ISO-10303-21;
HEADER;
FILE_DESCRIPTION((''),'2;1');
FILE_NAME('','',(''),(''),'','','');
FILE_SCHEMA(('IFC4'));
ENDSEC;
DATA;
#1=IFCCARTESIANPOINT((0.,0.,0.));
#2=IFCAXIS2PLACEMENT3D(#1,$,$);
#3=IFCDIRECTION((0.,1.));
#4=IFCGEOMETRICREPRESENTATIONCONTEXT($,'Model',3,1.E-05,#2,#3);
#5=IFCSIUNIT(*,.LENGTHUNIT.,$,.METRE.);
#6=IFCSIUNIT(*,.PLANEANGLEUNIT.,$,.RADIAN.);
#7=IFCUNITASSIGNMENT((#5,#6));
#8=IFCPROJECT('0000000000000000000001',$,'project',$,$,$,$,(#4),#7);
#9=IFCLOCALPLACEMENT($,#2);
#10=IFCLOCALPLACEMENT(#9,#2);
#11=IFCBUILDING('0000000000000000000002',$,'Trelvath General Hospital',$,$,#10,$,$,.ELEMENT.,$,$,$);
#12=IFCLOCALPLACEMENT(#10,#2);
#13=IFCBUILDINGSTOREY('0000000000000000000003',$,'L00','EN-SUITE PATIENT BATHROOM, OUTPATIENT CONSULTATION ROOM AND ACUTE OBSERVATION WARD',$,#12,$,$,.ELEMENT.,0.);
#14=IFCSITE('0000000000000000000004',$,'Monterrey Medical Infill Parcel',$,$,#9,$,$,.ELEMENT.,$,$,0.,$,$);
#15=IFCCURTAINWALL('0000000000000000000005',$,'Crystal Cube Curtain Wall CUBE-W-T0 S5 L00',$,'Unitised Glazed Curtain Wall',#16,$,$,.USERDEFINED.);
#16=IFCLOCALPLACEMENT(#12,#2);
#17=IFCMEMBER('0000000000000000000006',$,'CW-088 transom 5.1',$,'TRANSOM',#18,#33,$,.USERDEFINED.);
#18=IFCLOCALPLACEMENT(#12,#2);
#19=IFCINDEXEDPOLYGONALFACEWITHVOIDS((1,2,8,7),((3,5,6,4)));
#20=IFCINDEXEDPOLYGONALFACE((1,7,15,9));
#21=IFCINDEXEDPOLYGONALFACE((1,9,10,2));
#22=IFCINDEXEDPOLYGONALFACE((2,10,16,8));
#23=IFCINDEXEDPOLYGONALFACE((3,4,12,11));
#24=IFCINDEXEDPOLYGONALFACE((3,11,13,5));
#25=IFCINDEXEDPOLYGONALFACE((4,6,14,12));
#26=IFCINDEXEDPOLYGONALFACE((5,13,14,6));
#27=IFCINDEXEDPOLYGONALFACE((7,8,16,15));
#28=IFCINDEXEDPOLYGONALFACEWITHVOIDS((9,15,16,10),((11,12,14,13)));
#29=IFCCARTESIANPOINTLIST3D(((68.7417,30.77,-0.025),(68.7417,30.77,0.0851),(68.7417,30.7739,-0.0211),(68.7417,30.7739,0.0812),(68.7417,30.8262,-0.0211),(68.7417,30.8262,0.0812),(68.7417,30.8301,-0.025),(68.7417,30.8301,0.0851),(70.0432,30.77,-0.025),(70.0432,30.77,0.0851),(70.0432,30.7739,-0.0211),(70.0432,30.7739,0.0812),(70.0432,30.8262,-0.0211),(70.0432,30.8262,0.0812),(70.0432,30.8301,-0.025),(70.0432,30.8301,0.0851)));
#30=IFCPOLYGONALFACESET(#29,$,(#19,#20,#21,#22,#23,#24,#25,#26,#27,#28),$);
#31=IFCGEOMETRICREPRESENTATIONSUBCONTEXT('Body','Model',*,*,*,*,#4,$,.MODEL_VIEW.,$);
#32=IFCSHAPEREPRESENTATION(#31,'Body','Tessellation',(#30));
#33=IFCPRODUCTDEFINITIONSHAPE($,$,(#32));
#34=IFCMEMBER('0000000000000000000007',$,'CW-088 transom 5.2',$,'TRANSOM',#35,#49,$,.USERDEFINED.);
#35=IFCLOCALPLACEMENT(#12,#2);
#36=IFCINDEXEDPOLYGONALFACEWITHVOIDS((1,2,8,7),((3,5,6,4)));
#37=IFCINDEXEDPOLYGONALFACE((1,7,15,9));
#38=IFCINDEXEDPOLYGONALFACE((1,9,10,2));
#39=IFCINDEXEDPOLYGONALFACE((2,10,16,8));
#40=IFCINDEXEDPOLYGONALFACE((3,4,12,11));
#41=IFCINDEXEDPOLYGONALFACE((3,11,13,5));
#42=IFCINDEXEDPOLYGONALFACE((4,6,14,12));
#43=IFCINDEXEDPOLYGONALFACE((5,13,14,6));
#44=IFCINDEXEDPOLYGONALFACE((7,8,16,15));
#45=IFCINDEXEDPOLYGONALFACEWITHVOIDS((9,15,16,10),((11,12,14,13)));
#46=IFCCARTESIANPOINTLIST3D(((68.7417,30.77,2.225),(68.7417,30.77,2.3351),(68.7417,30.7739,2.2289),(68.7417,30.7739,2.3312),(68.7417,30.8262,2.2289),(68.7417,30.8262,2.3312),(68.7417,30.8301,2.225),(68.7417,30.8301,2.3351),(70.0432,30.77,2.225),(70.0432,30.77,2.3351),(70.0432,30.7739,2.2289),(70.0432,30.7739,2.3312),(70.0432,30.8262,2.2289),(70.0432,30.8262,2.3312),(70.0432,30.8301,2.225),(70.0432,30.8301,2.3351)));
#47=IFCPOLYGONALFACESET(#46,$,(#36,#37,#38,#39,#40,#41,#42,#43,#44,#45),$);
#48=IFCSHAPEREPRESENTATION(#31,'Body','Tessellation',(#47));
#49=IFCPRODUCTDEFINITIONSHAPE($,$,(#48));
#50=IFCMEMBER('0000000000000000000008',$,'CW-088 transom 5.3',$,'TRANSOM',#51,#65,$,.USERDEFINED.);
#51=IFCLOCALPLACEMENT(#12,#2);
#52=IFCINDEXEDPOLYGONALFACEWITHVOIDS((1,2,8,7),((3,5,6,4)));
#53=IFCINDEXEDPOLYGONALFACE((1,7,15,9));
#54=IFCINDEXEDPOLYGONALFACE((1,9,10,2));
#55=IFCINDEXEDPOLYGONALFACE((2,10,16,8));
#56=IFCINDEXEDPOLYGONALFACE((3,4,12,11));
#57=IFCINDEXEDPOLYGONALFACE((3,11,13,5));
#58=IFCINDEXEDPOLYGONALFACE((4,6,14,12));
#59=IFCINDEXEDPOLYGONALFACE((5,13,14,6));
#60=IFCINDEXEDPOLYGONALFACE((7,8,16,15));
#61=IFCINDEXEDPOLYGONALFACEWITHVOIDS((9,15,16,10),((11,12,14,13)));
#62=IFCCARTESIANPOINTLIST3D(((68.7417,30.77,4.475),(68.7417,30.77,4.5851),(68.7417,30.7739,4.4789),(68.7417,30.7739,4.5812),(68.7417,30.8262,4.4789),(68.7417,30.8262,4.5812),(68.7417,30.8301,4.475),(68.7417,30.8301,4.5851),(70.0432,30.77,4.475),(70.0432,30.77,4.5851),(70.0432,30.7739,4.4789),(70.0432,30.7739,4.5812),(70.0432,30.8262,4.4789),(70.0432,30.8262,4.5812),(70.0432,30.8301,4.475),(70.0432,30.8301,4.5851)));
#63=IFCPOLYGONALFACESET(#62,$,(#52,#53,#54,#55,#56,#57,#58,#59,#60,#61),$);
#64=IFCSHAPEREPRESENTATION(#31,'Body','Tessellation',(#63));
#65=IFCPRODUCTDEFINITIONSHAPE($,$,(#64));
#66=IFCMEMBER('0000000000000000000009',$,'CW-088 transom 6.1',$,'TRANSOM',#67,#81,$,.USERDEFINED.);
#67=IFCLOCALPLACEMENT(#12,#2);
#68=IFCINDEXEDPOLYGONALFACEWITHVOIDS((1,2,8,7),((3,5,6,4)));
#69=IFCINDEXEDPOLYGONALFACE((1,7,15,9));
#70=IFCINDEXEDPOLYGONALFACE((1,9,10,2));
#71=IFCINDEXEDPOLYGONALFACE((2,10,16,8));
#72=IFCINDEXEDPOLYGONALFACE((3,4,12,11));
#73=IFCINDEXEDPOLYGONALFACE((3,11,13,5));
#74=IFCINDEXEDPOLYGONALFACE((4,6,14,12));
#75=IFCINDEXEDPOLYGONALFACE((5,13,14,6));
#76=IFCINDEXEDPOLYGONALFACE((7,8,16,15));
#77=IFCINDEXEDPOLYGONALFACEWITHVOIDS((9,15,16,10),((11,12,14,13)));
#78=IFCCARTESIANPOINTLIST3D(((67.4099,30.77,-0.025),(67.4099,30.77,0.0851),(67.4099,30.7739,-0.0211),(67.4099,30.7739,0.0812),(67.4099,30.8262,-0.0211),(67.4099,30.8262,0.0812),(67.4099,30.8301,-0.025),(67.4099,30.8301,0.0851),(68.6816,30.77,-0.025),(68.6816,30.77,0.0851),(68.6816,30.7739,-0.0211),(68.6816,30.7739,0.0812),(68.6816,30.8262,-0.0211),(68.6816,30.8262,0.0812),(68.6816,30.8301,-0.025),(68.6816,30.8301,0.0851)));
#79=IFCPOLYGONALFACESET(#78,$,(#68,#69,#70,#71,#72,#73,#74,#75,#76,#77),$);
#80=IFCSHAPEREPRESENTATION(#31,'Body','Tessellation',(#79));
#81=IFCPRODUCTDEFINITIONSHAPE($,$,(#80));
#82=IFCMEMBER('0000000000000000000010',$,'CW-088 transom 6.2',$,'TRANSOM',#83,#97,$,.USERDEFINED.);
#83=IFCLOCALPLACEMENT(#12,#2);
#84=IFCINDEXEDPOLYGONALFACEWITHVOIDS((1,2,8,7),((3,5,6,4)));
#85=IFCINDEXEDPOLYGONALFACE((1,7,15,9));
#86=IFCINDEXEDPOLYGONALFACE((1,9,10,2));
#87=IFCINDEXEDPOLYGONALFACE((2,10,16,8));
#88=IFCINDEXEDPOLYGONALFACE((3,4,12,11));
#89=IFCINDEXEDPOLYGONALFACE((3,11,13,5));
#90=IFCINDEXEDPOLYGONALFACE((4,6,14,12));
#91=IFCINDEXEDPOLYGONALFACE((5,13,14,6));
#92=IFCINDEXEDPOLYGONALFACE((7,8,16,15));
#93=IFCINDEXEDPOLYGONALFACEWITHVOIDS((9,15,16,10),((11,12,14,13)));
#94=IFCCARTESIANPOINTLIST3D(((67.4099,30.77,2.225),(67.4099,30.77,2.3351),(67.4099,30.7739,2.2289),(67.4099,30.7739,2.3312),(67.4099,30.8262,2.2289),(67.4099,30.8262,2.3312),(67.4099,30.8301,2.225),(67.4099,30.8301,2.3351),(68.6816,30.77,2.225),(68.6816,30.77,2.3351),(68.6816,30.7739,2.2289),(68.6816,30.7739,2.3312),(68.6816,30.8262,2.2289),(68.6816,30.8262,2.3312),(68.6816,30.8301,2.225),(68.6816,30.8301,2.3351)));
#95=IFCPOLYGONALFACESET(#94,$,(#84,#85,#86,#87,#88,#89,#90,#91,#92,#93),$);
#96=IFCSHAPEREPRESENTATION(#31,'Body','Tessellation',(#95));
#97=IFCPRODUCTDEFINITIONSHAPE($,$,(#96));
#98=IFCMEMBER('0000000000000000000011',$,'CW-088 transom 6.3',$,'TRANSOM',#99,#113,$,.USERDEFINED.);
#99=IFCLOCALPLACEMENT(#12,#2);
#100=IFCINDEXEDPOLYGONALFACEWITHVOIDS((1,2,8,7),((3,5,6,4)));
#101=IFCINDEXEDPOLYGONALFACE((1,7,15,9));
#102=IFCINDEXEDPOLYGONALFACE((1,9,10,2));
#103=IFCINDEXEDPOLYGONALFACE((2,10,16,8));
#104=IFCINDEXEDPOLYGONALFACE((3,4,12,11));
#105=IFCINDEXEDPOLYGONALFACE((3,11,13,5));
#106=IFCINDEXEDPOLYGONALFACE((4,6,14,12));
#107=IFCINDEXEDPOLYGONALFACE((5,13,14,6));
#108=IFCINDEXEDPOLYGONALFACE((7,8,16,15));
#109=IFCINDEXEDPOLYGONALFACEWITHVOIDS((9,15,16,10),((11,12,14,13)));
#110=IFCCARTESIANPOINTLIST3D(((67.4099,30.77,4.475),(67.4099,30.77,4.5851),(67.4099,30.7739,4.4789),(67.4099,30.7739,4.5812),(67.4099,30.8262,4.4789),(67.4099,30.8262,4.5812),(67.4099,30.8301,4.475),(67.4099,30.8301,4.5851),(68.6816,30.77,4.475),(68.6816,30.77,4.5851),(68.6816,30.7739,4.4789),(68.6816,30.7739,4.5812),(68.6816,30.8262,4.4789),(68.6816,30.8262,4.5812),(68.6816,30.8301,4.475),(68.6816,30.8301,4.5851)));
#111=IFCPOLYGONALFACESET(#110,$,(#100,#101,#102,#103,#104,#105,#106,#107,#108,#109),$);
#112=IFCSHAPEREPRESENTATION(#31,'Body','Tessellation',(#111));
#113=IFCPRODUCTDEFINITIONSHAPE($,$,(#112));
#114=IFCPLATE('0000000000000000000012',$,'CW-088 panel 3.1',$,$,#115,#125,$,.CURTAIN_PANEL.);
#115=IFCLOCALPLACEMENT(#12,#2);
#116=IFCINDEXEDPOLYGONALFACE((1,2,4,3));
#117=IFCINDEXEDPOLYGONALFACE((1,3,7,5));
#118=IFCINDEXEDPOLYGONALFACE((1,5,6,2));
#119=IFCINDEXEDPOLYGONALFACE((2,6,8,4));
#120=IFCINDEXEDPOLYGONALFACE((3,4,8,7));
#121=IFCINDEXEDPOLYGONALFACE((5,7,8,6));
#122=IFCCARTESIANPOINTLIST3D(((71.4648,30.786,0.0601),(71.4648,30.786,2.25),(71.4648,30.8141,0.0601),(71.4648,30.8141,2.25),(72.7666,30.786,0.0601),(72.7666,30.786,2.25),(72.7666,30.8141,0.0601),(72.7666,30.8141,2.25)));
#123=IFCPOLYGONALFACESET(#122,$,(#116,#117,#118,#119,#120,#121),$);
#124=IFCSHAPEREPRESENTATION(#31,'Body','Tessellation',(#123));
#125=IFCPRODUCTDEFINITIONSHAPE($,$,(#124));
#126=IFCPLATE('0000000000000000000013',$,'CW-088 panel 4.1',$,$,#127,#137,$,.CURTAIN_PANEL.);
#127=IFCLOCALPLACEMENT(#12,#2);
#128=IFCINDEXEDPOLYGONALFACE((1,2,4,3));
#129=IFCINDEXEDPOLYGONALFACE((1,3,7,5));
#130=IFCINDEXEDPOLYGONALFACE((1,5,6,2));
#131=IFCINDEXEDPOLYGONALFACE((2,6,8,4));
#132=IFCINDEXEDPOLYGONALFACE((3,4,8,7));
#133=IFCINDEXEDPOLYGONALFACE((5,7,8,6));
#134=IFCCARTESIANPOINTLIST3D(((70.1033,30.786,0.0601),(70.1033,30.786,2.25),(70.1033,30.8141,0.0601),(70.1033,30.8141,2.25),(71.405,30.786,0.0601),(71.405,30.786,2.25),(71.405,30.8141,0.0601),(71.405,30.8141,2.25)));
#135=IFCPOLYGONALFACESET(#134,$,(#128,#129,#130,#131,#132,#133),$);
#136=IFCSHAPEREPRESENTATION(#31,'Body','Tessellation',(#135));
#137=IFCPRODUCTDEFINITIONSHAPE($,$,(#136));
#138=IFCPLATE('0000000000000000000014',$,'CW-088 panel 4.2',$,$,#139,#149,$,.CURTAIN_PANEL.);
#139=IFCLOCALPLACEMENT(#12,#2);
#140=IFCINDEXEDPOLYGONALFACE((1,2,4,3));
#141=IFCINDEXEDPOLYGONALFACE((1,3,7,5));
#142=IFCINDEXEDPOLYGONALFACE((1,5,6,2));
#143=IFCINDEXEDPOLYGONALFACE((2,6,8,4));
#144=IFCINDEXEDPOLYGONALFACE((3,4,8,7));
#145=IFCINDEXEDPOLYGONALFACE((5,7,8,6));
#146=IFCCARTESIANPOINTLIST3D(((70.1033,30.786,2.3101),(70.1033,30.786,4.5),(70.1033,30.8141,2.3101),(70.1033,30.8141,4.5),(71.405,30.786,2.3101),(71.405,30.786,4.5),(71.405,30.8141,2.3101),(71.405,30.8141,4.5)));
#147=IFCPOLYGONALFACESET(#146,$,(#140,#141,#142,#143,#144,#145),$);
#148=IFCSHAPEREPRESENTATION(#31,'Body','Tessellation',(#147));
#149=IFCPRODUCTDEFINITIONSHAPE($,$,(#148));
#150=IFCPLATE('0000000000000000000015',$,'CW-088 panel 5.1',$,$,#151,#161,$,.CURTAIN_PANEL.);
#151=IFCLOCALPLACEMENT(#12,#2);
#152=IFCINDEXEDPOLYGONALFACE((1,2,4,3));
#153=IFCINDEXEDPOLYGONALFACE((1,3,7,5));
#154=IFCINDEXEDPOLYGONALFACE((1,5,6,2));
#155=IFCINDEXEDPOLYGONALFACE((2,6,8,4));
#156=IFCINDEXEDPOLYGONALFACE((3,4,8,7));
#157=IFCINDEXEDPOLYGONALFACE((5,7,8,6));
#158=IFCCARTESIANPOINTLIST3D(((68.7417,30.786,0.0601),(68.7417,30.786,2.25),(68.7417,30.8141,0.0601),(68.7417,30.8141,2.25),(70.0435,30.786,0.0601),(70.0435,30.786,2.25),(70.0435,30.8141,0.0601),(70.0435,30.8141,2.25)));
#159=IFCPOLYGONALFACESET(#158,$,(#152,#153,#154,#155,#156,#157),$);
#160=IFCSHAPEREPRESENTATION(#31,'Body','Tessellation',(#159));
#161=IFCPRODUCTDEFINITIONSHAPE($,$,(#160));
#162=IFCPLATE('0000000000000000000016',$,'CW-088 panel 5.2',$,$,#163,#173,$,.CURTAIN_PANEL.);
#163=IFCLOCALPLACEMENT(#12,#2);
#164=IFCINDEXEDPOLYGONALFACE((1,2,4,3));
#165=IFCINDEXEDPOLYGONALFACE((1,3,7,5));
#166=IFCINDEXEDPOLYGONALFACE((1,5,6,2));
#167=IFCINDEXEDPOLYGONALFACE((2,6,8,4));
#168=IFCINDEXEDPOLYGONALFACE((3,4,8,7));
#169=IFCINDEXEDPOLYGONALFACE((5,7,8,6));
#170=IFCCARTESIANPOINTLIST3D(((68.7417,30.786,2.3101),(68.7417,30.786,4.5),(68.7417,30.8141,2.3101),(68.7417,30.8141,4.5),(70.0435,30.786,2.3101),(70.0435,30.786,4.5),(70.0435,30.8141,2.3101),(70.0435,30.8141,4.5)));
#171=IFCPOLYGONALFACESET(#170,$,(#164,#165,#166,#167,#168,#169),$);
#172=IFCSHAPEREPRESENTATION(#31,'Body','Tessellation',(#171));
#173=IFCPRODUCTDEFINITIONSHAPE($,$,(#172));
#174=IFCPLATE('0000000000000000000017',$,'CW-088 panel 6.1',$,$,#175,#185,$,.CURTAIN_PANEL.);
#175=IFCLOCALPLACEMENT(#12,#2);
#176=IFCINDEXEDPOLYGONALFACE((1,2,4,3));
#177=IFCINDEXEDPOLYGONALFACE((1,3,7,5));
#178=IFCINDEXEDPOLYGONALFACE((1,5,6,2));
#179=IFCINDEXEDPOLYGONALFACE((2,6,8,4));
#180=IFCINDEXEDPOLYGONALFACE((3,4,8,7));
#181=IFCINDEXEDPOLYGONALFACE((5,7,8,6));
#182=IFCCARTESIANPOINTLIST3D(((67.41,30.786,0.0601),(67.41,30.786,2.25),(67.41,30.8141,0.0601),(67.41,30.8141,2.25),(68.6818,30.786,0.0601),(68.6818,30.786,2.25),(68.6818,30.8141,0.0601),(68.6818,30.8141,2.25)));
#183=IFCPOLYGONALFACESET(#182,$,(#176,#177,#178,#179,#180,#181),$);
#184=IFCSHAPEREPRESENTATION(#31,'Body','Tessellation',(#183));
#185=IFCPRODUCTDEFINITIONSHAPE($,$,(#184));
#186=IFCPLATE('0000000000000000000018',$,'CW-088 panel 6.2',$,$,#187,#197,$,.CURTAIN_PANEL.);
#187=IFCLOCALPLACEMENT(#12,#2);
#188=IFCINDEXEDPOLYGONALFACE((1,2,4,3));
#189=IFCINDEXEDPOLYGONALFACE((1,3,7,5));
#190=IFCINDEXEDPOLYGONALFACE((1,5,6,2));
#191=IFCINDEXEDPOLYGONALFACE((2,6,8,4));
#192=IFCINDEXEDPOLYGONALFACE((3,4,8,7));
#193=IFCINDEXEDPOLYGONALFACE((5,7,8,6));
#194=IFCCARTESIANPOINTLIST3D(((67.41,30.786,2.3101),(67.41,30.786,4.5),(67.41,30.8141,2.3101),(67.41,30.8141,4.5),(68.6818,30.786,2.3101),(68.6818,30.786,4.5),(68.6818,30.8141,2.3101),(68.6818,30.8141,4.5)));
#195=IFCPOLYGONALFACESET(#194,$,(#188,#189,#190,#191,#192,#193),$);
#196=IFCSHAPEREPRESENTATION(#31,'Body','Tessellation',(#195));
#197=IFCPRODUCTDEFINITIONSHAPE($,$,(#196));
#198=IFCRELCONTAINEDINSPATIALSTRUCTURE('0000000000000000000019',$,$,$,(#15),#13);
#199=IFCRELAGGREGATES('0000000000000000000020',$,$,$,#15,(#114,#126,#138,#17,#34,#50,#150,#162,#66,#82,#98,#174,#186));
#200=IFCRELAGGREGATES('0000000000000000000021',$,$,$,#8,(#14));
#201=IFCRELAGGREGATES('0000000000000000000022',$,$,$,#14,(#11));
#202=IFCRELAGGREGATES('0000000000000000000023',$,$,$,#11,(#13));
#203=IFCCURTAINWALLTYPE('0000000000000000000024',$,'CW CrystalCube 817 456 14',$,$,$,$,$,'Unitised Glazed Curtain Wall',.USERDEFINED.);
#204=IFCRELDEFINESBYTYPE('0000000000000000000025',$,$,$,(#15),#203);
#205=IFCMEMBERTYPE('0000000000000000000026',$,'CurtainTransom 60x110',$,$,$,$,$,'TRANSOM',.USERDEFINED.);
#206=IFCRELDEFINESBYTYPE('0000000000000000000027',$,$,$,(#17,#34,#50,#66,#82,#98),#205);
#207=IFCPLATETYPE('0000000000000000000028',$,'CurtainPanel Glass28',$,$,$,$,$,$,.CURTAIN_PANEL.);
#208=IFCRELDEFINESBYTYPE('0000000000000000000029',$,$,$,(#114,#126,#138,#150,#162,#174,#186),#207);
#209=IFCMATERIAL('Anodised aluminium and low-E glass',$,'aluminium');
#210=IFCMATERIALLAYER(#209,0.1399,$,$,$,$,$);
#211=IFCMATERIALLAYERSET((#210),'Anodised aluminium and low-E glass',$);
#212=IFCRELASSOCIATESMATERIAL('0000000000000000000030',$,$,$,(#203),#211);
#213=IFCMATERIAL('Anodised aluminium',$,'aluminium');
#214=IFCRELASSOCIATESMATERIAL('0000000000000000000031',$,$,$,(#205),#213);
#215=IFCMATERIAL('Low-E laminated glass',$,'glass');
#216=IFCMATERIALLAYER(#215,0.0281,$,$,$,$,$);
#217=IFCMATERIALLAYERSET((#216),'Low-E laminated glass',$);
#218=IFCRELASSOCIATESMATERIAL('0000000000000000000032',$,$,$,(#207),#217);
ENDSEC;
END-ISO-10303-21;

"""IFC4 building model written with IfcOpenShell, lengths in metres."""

from ifc_helpers import new_model, si_unit, direction, frame, origin, origin_2d, place, context, subcontext, project, spatial, rectangle, hollow_rectangle, extrude, material, layer, layer_set, material_profile, profile_set, type_object, element, aggregate, save


model = new_model("IFC4")

# Units and contexts
model_context = context("Model", 3, precision=1e-05, world=origin(), true_north=direction((0.0, 1.0)))
body_context = subcontext(model_context, "Body", "Model", "MODEL_VIEW")
ifc_project = project(units=[si_unit("LENGTHUNIT", "METRE"), si_unit("PLANEANGLEUNIT", "RADIAN")], contexts=[model_context])

# Site, building, storey
site_placement = place(None, origin())
site = spatial("IfcSite", under=ifc_project, at=site_placement, Name="Monterrey Medical Infill Parcel", CompositionType="ELEMENT", RefElevation=0.0)
building_placement = place(site_placement, origin())
building = spatial("IfcBuilding", under=site, at=building_placement, Name="Trelvath General Hospital", CompositionType="ELEMENT")
storey_placement = place(building_placement, origin())
storey = spatial("IfcBuildingStorey", under=building, at=storey_placement, Name="L00", Description="EN-SUITE PATIENT BATHROOM, OUTPATIENT CONSULTATION ROOM AND ACUTE OBSERVATION WARD", CompositionType="ELEMENT", Elevation=0.0)

# Curtain wall, members, plates
ifc_material_1 = material(Name="Anodised aluminium and low-E glass", Category="aluminium")
ifc_layer_1 = layer(ifc_material_1, 0.1399)
ifc_layer_set_1 = layer_set([ifc_layer_1], Name="Anodised aluminium and low-E glass")
curtain_wall_type = type_object("IfcCurtainWallType", Name="CW CrystalCube 817 456 14", ElementType="Unitised Glazed Curtain Wall", PredefinedType="USERDEFINED", material=ifc_layer_set_1)
curtain_wall_placement = place(storey_placement, origin())
curtain_wall = element("IfcCurtainWall", 1, at=curtain_wall_placement, inside=storey, type_object=curtain_wall_type, Name="Crystal Cube Curtain Wall CUBE-W-T0 S5 L00", ObjectType="Unitised Glazed Curtain Wall", PredefinedType="USERDEFINED")
ifc_material_2 = material(Name="Anodised aluminium", Category="aluminium")
ifc_material_profile_1 = material_profile(ifc_material_2, hollow_rectangle(XDim=0.0601, YDim=0.1101, WallThickness=0.0039, at=origin_2d()), Name="RHS60x110x4")
ifc_profile_set_1 = profile_set([ifc_material_profile_1], Name="Anodised aluminium")
member_type_1 = type_object("IfcMemberType", Name="CurtainTransom 60x110", ElementType="TRANSOM", PredefinedType="USERDEFINED", material=ifc_profile_set_1)
member_1_placement = place(storey_placement, frame((70.0432, 30.8, 0.03), z_axis=(-1.0, 0.0, 0.0), x_axis=(0.0, -1.0, 0.0)))
member_1 = element("IfcMember", 2, at=member_1_placement, type_object=member_type_1, Name="CW-088 transom 5.1", ObjectType="TRANSOM", PredefinedType="USERDEFINED", context=body_context, shape_type="SweptSolid", body=[
    extrude(hollow_rectangle(XDim=0.0601, YDim=0.1101, WallThickness=0.0039, at=origin_2d()), origin(), (0.0, 0.0, 1.0), 1.3015),
])
member_2_placement = place(storey_placement, frame((70.0432, 30.8, 2.28), z_axis=(-1.0, 0.0, 0.0), x_axis=(0.0, -1.0, 0.0)))
member_2 = element("IfcMember", 3, at=member_2_placement, type_object=member_type_1, Name="CW-088 transom 5.2", ObjectType="TRANSOM", PredefinedType="USERDEFINED", context=body_context, shape_type="SweptSolid", body=[
    extrude(hollow_rectangle(XDim=0.0601, YDim=0.1101, WallThickness=0.0039, at=origin_2d()), origin(), (0.0, 0.0, 1.0), 1.3015),
])
member_3_placement = place(storey_placement, frame((70.0432, 30.8, 4.53), z_axis=(-1.0, 0.0, 0.0), x_axis=(0.0, -1.0, 0.0)))
member_3 = element("IfcMember", 4, at=member_3_placement, type_object=member_type_1, Name="CW-088 transom 5.3", ObjectType="TRANSOM", PredefinedType="USERDEFINED", context=body_context, shape_type="SweptSolid", body=[
    extrude(hollow_rectangle(XDim=0.0601, YDim=0.1101, WallThickness=0.0039, at=origin_2d()), origin(), (0.0, 0.0, 1.0), 1.3015),
])
member_4_placement = place(storey_placement, frame((68.6816, 30.8, 0.03), z_axis=(-1.0, 0.0, 0.0), x_axis=(0.0, -1.0, 0.0)))
member_4 = element("IfcMember", 5, at=member_4_placement, type_object=member_type_1, Name="CW-088 transom 6.1", ObjectType="TRANSOM", PredefinedType="USERDEFINED", context=body_context, shape_type="SweptSolid", body=[
    extrude(hollow_rectangle(XDim=0.0601, YDim=0.1101, WallThickness=0.0039, at=origin_2d()), origin(), (0.0, 0.0, 1.0), 1.2717),
])
member_5_placement = place(storey_placement, frame((68.6816, 30.8, 2.28), z_axis=(-1.0, 0.0, 0.0), x_axis=(0.0, -1.0, 0.0)))
member_5 = element("IfcMember", 6, at=member_5_placement, type_object=member_type_1, Name="CW-088 transom 6.2", ObjectType="TRANSOM", PredefinedType="USERDEFINED", context=body_context, shape_type="SweptSolid", body=[
    extrude(hollow_rectangle(XDim=0.0601, YDim=0.1101, WallThickness=0.0039, at=origin_2d()), origin(), (0.0, 0.0, 1.0), 1.2717),
])
member_6_placement = place(storey_placement, frame((68.6816, 30.8, 4.53), z_axis=(-1.0, 0.0, 0.0), x_axis=(0.0, -1.0, 0.0)))
member_6 = element("IfcMember", 7, at=member_6_placement, type_object=member_type_1, Name="CW-088 transom 6.3", ObjectType="TRANSOM", PredefinedType="USERDEFINED", context=body_context, shape_type="SweptSolid", body=[
    extrude(hollow_rectangle(XDim=0.0601, YDim=0.1101, WallThickness=0.0039, at=origin_2d()), origin(), (0.0, 0.0, 1.0), 1.2717),
])
ifc_material_3 = material(Name="Low-E laminated glass", Category="glass")
ifc_layer_2 = layer(ifc_material_3, 0.0281)
ifc_layer_set_2 = layer_set([ifc_layer_2], Name="Low-E laminated glass")
plate_type = type_object("IfcPlateType", Name="CurtainPanel Glass28", PredefinedType="CURTAIN_PANEL", material=ifc_layer_set_2)
plate_1_placement = place(storey_placement, frame((72.1157, 30.8, 0.0601), z_axis=(0.0, 0.0, 1.0), x_axis=(-1.0, 0.0, 0.0)))
plate_1 = element("IfcPlate", 8, at=plate_1_placement, type_object=plate_type, Name="CW-088 panel 3.1", PredefinedType="CURTAIN_PANEL", context=body_context, shape_type="SweptSolid", body=[
    extrude(rectangle(XDim=1.3018, YDim=0.0281, at=origin_2d()), origin(), (0.0, 0.0, 1.0), 2.1899),
])
plate_2_placement = place(storey_placement, frame((70.7542, 30.8, 0.0601), z_axis=(0.0, 0.0, 1.0), x_axis=(-1.0, 0.0, 0.0)))
plate_2 = element("IfcPlate", 9, at=plate_2_placement, type_object=plate_type, Name="CW-088 panel 4.1", PredefinedType="CURTAIN_PANEL", context=body_context, shape_type="SweptSolid", body=[
    extrude(rectangle(XDim=1.3018, YDim=0.0281, at=origin_2d()), origin(), (0.0, 0.0, 1.0), 2.1899),
])
plate_3_placement = place(storey_placement, frame((70.7542, 30.8, 2.3101), z_axis=(0.0, 0.0, 1.0), x_axis=(-1.0, 0.0, 0.0)))
plate_3 = element("IfcPlate", 10, at=plate_3_placement, type_object=plate_type, Name="CW-088 panel 4.2", PredefinedType="CURTAIN_PANEL", context=body_context, shape_type="SweptSolid", body=[
    extrude(rectangle(XDim=1.3018, YDim=0.0281, at=origin_2d()), origin(), (0.0, 0.0, 1.0), 2.1899),
])
plate_4_placement = place(storey_placement, frame((69.3926, 30.8, 0.0601), z_axis=(0.0, 0.0, 1.0), x_axis=(-1.0, 0.0, 0.0)))
plate_4 = element("IfcPlate", 11, at=plate_4_placement, type_object=plate_type, Name="CW-088 panel 5.1", PredefinedType="CURTAIN_PANEL", context=body_context, shape_type="SweptSolid", body=[
    extrude(rectangle(XDim=1.3018, YDim=0.0281, at=origin_2d()), origin(), (0.0, 0.0, 1.0), 2.1899),
])
plate_5_placement = place(storey_placement, frame((69.3926, 30.8, 2.3101), z_axis=(0.0, 0.0, 1.0), x_axis=(-1.0, 0.0, 0.0)))
plate_5 = element("IfcPlate", 12, at=plate_5_placement, type_object=plate_type, Name="CW-088 panel 5.2", PredefinedType="CURTAIN_PANEL", context=body_context, shape_type="SweptSolid", body=[
    extrude(rectangle(XDim=1.3018, YDim=0.0281, at=origin_2d()), origin(), (0.0, 0.0, 1.0), 2.1899),
])
plate_6_placement = place(storey_placement, frame((68.0459, 30.8, 0.0601), z_axis=(0.0, 0.0, 1.0), x_axis=(-1.0, 0.0, 0.0)))
plate_6 = element("IfcPlate", 13, at=plate_6_placement, type_object=plate_type, Name="CW-088 panel 6.1", PredefinedType="CURTAIN_PANEL", context=body_context, shape_type="SweptSolid", body=[
    extrude(rectangle(XDim=1.2717, YDim=0.0281, at=origin_2d()), origin(), (0.0, 0.0, 1.0), 2.1899),
])
plate_7_placement = place(storey_placement, frame((68.0459, 30.8, 2.3101), z_axis=(0.0, 0.0, 1.0), x_axis=(-1.0, 0.0, 0.0)))
plate_7 = element("IfcPlate", 14, at=plate_7_placement, type_object=plate_type, Name="CW-088 panel 6.2", PredefinedType="CURTAIN_PANEL", context=body_context, shape_type="SweptSolid", body=[
    extrude(rectangle(XDim=1.2717, YDim=0.0281, at=origin_2d()), origin(), (0.0, 0.0, 1.0), 2.1899),
])
aggregate(curtain_wall, [plate_1, plate_2, plate_3, member_1, member_2, member_3, plate_4, plate_5, member_4, member_5, member_6, plate_6, plate_7])

save(model, "model.ifc")
